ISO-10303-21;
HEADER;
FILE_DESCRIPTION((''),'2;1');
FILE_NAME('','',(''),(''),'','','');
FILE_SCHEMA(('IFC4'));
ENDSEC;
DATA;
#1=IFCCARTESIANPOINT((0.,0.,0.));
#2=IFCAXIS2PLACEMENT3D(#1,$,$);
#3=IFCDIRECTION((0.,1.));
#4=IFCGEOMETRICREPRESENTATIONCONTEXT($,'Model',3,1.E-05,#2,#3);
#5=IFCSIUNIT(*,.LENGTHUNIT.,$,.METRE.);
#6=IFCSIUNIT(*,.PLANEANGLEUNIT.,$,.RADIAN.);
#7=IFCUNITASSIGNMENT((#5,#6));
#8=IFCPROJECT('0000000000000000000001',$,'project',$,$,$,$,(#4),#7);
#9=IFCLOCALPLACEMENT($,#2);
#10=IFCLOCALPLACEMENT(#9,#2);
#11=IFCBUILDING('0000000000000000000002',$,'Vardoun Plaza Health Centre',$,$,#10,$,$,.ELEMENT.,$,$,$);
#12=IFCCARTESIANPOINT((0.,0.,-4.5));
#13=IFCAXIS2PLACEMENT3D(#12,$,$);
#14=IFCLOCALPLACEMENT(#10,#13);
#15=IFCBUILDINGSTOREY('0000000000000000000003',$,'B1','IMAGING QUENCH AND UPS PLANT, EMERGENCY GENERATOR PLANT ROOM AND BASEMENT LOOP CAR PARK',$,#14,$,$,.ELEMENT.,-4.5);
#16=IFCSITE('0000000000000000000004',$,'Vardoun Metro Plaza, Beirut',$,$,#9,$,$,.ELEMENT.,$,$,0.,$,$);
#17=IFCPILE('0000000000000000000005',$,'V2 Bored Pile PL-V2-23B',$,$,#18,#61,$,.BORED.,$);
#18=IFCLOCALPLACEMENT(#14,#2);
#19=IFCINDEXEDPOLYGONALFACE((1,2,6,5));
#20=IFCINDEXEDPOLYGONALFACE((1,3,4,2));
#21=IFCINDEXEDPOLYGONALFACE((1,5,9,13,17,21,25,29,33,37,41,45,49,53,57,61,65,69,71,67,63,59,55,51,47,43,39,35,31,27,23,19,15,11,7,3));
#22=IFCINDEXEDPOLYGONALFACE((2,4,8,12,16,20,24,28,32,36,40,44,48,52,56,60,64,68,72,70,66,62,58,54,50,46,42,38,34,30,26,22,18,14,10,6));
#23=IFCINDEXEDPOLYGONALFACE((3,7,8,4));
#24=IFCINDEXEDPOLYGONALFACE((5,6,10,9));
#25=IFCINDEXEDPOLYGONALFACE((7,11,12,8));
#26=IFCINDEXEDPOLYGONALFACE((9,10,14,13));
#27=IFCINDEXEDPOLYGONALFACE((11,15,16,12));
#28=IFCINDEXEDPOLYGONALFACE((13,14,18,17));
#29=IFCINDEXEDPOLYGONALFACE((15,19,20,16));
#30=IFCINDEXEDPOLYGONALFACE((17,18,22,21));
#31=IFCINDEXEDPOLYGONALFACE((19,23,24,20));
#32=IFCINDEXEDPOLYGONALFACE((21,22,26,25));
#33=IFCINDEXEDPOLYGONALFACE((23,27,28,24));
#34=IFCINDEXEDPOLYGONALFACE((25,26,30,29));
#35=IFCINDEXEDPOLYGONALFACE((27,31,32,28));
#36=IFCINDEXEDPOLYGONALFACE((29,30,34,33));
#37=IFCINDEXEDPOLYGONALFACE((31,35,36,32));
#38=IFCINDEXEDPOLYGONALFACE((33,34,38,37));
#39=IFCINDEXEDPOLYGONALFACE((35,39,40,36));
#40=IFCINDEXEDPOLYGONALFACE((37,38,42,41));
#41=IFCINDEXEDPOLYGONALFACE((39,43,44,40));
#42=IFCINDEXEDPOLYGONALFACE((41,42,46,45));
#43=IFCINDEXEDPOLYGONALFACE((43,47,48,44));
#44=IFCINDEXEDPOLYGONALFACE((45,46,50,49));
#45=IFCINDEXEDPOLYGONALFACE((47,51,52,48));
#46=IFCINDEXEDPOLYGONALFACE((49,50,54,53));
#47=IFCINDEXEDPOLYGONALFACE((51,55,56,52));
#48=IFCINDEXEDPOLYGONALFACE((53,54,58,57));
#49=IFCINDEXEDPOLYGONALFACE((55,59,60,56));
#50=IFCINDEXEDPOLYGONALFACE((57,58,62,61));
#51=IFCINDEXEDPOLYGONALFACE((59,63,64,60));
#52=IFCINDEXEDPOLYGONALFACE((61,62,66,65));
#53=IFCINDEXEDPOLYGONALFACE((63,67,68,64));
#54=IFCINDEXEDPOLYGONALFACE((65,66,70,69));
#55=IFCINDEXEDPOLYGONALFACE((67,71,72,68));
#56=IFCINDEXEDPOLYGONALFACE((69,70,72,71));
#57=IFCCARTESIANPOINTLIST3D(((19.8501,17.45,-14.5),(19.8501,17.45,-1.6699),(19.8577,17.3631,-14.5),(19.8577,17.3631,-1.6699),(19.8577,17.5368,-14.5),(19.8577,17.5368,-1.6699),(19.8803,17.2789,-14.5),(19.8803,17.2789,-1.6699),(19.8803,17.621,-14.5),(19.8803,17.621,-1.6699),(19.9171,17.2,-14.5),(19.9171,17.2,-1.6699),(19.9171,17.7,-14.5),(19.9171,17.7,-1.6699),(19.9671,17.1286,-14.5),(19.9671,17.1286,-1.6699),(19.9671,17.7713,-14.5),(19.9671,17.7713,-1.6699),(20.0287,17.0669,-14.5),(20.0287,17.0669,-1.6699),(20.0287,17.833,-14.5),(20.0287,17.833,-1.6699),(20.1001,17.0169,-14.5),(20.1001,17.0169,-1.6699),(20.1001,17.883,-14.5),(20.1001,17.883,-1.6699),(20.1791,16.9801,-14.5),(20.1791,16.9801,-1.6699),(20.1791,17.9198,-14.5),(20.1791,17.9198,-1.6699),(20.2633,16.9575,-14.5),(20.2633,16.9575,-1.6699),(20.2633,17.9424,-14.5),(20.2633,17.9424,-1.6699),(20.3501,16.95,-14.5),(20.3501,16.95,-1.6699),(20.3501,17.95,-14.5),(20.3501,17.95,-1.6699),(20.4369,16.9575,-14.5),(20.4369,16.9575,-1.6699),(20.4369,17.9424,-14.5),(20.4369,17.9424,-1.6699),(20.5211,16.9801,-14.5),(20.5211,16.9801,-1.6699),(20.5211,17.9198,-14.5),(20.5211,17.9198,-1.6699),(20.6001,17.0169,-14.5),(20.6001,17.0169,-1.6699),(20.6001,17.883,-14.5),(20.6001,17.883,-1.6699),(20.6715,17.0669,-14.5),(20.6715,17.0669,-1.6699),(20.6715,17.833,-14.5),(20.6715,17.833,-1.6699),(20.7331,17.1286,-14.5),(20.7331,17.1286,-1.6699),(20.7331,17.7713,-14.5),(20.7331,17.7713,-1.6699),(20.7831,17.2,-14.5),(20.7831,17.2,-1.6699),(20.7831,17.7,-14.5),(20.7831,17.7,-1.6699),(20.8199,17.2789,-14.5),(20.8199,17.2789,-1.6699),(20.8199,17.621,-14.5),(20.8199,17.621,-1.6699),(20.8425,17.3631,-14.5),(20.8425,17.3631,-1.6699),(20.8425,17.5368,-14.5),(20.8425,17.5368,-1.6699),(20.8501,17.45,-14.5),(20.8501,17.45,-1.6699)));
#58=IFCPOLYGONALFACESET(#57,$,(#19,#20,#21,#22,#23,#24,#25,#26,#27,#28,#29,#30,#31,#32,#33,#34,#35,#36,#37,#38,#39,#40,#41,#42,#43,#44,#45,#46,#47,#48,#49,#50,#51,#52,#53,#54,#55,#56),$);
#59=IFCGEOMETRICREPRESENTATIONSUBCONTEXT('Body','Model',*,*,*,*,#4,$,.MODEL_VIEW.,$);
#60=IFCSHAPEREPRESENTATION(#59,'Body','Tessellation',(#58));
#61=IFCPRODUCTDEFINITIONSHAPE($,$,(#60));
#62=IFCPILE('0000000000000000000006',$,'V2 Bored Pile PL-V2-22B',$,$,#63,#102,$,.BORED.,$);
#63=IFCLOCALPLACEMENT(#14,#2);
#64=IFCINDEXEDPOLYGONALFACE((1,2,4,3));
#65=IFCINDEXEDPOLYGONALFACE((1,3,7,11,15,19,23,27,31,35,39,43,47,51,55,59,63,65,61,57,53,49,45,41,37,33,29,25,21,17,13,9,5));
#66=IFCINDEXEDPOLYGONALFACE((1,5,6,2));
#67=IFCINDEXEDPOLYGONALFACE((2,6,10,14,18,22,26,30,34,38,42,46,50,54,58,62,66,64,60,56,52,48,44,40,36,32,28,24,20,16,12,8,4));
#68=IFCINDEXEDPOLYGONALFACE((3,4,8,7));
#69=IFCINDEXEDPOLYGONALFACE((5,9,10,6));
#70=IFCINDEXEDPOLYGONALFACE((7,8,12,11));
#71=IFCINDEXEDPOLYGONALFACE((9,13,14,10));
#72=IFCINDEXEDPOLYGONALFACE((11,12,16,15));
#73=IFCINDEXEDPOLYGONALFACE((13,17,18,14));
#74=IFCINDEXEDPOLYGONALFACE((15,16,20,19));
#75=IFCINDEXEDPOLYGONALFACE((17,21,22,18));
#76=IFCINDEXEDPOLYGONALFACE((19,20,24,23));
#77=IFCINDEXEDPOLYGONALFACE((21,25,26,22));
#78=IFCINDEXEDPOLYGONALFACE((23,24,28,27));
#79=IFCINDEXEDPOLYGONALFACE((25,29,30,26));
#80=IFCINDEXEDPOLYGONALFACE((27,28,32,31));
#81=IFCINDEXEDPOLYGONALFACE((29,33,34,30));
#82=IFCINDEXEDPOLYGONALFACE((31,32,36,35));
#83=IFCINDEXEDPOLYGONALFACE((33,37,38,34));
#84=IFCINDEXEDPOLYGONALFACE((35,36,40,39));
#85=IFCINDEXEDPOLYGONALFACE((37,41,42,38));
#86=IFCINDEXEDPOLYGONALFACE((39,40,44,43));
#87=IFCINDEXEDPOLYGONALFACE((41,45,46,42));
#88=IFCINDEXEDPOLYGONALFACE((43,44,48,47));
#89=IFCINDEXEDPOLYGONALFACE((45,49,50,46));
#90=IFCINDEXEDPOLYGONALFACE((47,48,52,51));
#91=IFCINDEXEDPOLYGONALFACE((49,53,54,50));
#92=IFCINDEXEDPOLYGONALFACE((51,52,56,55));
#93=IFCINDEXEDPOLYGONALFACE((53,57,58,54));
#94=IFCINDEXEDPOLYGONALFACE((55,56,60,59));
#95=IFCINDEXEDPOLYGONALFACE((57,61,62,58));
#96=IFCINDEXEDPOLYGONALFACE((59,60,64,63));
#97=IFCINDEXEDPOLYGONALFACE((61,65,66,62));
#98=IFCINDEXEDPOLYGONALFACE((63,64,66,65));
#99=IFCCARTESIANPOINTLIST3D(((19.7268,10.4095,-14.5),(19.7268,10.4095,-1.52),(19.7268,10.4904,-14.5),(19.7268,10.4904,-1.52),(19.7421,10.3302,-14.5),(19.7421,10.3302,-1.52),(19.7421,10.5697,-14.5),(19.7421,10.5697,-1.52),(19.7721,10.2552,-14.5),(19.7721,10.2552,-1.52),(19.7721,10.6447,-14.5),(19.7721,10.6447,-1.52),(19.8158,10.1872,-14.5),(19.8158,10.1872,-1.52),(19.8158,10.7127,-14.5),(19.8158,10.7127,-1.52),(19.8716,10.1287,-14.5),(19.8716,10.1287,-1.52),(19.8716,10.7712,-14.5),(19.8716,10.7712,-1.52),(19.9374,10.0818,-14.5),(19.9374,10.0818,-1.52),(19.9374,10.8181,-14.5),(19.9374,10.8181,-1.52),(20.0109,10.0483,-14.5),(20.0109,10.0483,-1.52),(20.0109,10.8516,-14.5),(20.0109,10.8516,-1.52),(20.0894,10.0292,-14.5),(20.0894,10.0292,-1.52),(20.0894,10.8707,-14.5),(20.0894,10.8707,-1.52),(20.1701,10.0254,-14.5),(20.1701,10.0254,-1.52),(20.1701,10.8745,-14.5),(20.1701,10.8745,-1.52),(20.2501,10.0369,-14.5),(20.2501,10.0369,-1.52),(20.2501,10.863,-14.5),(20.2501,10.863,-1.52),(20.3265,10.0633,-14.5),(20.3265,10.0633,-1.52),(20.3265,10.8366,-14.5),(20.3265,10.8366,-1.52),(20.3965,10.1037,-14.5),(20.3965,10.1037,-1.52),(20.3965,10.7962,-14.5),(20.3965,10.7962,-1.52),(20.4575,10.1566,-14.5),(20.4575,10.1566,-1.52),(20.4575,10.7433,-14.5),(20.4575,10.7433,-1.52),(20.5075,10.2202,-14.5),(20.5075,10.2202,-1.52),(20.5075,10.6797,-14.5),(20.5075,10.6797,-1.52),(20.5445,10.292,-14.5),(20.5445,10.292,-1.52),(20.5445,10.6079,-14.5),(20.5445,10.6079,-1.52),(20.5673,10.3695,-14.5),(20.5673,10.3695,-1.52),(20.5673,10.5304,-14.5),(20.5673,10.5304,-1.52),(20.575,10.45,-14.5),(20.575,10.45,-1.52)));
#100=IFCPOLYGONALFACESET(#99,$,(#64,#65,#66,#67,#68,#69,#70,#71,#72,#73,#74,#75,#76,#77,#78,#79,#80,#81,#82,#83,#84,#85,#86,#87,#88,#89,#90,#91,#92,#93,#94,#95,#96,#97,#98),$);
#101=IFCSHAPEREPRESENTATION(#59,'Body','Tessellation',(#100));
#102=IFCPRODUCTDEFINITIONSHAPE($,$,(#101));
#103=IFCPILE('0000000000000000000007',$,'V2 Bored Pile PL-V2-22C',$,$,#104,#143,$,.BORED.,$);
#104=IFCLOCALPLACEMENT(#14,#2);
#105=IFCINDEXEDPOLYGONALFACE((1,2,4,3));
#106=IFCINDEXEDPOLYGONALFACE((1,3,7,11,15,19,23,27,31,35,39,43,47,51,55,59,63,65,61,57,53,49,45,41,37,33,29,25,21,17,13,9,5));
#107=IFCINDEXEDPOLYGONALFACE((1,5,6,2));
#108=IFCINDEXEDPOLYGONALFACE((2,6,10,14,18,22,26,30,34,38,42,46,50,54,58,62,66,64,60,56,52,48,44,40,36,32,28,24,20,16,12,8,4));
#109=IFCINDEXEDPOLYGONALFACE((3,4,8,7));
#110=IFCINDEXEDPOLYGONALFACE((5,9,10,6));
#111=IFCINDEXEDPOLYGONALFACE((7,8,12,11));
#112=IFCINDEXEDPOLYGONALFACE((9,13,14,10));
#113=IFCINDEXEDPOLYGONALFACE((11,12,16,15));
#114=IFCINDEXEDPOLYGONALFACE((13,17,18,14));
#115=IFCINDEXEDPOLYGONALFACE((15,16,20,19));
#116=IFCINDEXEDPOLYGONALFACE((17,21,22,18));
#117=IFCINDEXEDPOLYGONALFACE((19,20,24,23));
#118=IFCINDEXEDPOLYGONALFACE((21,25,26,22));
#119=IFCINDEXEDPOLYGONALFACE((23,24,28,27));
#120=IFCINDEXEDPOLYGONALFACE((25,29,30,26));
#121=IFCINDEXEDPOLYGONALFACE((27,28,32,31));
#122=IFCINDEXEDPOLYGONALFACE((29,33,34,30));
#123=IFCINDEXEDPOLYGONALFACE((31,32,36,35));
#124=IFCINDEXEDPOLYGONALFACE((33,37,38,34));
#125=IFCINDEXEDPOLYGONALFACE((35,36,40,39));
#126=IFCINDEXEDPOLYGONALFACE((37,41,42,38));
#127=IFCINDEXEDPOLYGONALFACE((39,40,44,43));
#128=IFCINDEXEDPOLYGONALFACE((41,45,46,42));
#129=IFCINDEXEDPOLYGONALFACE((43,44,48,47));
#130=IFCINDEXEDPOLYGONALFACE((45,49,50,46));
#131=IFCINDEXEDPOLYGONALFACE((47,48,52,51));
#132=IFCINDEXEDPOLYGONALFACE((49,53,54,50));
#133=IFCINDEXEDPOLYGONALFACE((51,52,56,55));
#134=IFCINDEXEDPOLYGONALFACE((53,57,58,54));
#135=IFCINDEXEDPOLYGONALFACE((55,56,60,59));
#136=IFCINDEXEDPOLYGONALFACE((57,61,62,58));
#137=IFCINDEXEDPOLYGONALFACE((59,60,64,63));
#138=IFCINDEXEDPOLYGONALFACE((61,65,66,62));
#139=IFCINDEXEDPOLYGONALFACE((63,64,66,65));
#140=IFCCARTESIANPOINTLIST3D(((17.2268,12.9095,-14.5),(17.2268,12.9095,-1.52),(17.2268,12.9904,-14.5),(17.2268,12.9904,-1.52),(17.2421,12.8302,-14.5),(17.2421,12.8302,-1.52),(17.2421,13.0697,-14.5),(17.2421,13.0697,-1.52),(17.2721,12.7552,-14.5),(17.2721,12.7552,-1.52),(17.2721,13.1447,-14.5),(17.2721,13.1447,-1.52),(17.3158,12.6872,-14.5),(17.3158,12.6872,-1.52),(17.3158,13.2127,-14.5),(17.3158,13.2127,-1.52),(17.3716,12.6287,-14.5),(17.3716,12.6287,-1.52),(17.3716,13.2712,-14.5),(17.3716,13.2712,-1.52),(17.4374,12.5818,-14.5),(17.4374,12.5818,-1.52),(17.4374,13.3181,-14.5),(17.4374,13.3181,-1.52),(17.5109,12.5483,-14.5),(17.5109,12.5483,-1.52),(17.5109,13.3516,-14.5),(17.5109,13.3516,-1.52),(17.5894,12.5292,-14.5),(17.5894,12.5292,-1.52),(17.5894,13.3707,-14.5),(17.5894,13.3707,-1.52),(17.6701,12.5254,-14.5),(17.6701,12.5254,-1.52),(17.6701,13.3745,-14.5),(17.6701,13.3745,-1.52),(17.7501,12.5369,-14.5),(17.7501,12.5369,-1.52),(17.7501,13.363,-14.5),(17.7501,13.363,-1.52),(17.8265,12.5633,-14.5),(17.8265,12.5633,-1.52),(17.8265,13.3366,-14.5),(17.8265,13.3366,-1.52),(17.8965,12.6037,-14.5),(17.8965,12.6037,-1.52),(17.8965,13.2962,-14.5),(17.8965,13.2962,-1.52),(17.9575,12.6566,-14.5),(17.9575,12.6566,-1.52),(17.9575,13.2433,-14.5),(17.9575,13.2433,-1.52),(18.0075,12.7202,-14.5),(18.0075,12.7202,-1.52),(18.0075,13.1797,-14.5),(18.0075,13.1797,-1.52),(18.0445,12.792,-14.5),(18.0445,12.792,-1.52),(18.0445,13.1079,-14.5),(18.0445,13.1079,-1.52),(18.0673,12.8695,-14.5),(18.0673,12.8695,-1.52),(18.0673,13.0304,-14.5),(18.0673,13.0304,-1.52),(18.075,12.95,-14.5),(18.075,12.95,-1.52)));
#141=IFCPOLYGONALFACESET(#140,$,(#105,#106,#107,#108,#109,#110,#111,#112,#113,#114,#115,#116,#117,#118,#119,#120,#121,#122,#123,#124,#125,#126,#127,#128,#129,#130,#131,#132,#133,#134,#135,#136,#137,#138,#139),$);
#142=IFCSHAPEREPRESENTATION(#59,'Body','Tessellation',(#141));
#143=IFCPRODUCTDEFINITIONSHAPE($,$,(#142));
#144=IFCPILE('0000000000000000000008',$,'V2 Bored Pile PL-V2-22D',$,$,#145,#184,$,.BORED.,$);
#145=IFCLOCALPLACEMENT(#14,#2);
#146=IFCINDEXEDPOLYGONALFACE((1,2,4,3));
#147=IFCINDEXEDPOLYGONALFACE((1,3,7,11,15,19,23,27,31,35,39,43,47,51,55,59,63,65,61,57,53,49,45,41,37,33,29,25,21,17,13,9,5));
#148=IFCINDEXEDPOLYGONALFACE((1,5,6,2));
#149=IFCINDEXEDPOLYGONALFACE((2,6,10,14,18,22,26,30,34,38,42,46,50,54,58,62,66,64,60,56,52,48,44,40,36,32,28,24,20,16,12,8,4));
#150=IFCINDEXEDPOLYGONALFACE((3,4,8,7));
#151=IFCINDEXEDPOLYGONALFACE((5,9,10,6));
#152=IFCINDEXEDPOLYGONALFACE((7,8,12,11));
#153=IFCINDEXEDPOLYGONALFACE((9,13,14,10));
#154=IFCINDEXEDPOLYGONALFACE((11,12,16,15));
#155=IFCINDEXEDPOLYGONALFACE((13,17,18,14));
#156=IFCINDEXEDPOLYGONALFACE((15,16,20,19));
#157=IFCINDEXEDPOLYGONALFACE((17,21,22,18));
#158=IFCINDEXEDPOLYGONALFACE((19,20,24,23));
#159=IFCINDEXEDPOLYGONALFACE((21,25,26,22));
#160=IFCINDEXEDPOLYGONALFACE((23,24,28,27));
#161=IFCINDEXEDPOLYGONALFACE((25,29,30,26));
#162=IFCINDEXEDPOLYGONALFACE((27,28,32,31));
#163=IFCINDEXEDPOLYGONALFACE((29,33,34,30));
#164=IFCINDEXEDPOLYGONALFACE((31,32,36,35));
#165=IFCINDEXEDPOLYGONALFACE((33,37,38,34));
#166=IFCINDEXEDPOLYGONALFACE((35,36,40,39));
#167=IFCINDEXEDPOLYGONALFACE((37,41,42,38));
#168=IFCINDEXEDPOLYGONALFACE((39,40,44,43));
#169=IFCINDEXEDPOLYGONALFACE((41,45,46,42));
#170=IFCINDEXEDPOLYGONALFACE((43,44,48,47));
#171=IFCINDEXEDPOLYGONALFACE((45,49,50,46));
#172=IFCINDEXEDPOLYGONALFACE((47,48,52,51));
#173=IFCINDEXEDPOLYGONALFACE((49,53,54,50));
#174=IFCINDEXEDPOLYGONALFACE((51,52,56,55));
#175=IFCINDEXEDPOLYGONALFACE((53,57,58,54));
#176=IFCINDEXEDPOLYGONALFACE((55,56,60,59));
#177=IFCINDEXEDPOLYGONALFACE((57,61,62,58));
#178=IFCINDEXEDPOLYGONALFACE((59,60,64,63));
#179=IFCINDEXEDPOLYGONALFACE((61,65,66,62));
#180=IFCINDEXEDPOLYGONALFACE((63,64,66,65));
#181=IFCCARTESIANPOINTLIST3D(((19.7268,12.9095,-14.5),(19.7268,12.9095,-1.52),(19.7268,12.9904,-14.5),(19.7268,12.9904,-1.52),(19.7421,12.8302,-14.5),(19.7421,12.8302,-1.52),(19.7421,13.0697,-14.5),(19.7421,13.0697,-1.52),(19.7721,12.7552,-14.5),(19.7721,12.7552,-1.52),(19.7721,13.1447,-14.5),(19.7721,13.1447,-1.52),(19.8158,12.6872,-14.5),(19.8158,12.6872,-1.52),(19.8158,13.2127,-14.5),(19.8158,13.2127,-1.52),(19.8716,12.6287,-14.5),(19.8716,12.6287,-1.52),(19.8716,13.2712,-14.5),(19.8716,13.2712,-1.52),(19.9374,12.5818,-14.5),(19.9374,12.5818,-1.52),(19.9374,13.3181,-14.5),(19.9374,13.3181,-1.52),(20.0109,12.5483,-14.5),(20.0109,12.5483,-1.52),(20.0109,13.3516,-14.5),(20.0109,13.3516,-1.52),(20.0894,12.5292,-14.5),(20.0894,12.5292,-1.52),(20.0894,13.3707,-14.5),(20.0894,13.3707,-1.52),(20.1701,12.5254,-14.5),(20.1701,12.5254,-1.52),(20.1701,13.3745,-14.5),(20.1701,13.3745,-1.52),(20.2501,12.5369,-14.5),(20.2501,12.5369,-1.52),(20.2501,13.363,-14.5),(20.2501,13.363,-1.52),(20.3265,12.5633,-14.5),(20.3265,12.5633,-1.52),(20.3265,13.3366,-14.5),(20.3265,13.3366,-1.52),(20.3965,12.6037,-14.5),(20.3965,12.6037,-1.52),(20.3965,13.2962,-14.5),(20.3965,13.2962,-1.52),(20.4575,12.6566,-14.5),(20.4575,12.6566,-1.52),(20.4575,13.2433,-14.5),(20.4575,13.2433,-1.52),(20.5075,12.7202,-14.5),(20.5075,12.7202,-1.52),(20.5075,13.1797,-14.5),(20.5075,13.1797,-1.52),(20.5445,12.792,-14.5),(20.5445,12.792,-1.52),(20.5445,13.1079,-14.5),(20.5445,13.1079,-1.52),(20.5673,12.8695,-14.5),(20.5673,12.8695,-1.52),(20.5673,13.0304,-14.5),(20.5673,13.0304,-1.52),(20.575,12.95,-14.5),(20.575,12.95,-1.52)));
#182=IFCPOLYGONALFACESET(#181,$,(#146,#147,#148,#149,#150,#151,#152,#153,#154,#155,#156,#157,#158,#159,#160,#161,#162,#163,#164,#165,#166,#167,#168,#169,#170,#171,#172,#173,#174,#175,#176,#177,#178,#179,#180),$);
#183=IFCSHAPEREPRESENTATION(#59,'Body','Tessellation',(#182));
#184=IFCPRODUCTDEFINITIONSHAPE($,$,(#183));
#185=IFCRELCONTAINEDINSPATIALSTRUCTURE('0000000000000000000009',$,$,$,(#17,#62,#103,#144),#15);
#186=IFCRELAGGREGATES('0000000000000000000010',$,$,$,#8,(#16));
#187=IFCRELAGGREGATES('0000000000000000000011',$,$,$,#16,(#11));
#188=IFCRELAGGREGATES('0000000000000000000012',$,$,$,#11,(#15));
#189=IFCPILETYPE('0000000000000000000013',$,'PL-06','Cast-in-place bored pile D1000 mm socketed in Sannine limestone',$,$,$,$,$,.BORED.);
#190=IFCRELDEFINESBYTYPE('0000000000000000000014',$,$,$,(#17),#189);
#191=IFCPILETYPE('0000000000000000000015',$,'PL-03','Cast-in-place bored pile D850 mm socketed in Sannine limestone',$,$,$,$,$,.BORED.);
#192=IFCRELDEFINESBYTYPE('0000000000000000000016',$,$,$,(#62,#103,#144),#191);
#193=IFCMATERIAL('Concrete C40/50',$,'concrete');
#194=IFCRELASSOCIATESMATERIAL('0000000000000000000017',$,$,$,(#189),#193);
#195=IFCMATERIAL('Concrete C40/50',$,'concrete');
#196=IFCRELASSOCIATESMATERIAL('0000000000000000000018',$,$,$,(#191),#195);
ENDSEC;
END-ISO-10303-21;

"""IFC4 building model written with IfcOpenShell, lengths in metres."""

from ifc_helpers import new_model, si_unit, direction, frame, origin, origin_2d, place, context, subcontext, project, spatial, circle, extrude, material, material_profile, profile_set, type_object, element, save


model = new_model("IFC4")

# Units and contexts
model_context = context("Model", 3, precision=1e-05, world=origin(), true_north=direction((0.0, 1.0)))
body_context = subcontext(model_context, "Body", "Model", "MODEL_VIEW")
ifc_project = project(units=[si_unit("LENGTHUNIT", "METRE"), si_unit("PLANEANGLEUNIT", "RADIAN")], contexts=[model_context])

# Site, building, storey
site_placement = place(None, origin())
site = spatial("IfcSite", under=ifc_project, at=site_placement, Name="Vardoun Metro Plaza, Beirut", CompositionType="ELEMENT", RefElevation=0.0)
building_placement = place(site_placement, origin())
building = spatial("IfcBuilding", under=site, at=building_placement, Name="Vardoun Plaza Health Centre", CompositionType="ELEMENT")
storey_placement = place(building_placement, frame((0.0, 0.0, -4.5)))
storey = spatial("IfcBuildingStorey", under=building, at=storey_placement, Name="B1", Description="IMAGING QUENCH AND UPS PLANT, EMERGENCY GENERATOR PLANT ROOM AND BASEMENT LOOP CAR PARK", CompositionType="ELEMENT", Elevation=-4.5)

# Piles
ifc_material_1 = material(Name="Concrete C40/50", Category="concrete")
ifc_material_profile_1 = material_profile(ifc_material_1, circle(Radius=0.5, at=origin_2d()), Name="PILE D1000")
ifc_profile_set_1 = profile_set([ifc_material_profile_1], Name="Concrete C40/50")
pile_type_1 = type_object("IfcPileType", Name="PL-06", Description="Cast-in-place bored pile D1000 mm socketed in Sannine limestone", PredefinedType="BORED", material=ifc_profile_set_1)
for number, where, z_axis, x_axis, name in (
    (1, (20.3501, 17.45, -1.6699), (0.0, 0.0, -1.0), (1.0, 0.0, 0.0), "V2 Bored Pile PL-V2-23B"),
):
    element("IfcPile", number, at=place(storey_placement, frame(where, z_axis=z_axis, x_axis=x_axis)), inside=storey, type_object=pile_type_1, Name=name, PredefinedType="BORED", context=body_context, shape_type="SweptSolid", body=[
        extrude(circle(Radius=0.5, at=origin_2d()), origin(), (0.0, 0.0, 1.0), 12.8301),
    ])
ifc_material_2 = material(Name="Concrete C40/50", Category="concrete")
ifc_material_profile_2 = material_profile(ifc_material_2, circle(Radius=0.425, at=origin_2d()), Name="PILE D850")
ifc_profile_set_2 = profile_set([ifc_material_profile_2], Name="Concrete C40/50")
pile_type_2 = type_object("IfcPileType", Name="PL-03", Description="Cast-in-place bored pile D850 mm socketed in Sannine limestone", PredefinedType="BORED", material=ifc_profile_set_2)
for number, where, z_axis, x_axis, name in (
    (2, (20.1499, 10.45, -1.52), (0.0, 0.0, -1.0), (1.0, 0.0, 0.0), "V2 Bored Pile PL-V2-22B"),
    (3, (17.6499, 12.95, -1.52), (0.0, 0.0, -1.0), (1.0, 0.0, 0.0), "V2 Bored Pile PL-V2-22C"),
    (4, (20.1499, 12.95, -1.52), (0.0, 0.0, -1.0), (1.0, 0.0, 0.0), "V2 Bored Pile PL-V2-22D"),
):
    element("IfcPile", number, at=place(storey_placement, frame(where, z_axis=z_axis, x_axis=x_axis)), inside=storey, type_object=pile_type_2, Name=name, PredefinedType="BORED", context=body_context, shape_type="SweptSolid", body=[
        extrude(circle(Radius=0.425, at=origin_2d()), origin(), (0.0, 0.0, 1.0), 12.98),
    ])

save(model, "model.ifc")
